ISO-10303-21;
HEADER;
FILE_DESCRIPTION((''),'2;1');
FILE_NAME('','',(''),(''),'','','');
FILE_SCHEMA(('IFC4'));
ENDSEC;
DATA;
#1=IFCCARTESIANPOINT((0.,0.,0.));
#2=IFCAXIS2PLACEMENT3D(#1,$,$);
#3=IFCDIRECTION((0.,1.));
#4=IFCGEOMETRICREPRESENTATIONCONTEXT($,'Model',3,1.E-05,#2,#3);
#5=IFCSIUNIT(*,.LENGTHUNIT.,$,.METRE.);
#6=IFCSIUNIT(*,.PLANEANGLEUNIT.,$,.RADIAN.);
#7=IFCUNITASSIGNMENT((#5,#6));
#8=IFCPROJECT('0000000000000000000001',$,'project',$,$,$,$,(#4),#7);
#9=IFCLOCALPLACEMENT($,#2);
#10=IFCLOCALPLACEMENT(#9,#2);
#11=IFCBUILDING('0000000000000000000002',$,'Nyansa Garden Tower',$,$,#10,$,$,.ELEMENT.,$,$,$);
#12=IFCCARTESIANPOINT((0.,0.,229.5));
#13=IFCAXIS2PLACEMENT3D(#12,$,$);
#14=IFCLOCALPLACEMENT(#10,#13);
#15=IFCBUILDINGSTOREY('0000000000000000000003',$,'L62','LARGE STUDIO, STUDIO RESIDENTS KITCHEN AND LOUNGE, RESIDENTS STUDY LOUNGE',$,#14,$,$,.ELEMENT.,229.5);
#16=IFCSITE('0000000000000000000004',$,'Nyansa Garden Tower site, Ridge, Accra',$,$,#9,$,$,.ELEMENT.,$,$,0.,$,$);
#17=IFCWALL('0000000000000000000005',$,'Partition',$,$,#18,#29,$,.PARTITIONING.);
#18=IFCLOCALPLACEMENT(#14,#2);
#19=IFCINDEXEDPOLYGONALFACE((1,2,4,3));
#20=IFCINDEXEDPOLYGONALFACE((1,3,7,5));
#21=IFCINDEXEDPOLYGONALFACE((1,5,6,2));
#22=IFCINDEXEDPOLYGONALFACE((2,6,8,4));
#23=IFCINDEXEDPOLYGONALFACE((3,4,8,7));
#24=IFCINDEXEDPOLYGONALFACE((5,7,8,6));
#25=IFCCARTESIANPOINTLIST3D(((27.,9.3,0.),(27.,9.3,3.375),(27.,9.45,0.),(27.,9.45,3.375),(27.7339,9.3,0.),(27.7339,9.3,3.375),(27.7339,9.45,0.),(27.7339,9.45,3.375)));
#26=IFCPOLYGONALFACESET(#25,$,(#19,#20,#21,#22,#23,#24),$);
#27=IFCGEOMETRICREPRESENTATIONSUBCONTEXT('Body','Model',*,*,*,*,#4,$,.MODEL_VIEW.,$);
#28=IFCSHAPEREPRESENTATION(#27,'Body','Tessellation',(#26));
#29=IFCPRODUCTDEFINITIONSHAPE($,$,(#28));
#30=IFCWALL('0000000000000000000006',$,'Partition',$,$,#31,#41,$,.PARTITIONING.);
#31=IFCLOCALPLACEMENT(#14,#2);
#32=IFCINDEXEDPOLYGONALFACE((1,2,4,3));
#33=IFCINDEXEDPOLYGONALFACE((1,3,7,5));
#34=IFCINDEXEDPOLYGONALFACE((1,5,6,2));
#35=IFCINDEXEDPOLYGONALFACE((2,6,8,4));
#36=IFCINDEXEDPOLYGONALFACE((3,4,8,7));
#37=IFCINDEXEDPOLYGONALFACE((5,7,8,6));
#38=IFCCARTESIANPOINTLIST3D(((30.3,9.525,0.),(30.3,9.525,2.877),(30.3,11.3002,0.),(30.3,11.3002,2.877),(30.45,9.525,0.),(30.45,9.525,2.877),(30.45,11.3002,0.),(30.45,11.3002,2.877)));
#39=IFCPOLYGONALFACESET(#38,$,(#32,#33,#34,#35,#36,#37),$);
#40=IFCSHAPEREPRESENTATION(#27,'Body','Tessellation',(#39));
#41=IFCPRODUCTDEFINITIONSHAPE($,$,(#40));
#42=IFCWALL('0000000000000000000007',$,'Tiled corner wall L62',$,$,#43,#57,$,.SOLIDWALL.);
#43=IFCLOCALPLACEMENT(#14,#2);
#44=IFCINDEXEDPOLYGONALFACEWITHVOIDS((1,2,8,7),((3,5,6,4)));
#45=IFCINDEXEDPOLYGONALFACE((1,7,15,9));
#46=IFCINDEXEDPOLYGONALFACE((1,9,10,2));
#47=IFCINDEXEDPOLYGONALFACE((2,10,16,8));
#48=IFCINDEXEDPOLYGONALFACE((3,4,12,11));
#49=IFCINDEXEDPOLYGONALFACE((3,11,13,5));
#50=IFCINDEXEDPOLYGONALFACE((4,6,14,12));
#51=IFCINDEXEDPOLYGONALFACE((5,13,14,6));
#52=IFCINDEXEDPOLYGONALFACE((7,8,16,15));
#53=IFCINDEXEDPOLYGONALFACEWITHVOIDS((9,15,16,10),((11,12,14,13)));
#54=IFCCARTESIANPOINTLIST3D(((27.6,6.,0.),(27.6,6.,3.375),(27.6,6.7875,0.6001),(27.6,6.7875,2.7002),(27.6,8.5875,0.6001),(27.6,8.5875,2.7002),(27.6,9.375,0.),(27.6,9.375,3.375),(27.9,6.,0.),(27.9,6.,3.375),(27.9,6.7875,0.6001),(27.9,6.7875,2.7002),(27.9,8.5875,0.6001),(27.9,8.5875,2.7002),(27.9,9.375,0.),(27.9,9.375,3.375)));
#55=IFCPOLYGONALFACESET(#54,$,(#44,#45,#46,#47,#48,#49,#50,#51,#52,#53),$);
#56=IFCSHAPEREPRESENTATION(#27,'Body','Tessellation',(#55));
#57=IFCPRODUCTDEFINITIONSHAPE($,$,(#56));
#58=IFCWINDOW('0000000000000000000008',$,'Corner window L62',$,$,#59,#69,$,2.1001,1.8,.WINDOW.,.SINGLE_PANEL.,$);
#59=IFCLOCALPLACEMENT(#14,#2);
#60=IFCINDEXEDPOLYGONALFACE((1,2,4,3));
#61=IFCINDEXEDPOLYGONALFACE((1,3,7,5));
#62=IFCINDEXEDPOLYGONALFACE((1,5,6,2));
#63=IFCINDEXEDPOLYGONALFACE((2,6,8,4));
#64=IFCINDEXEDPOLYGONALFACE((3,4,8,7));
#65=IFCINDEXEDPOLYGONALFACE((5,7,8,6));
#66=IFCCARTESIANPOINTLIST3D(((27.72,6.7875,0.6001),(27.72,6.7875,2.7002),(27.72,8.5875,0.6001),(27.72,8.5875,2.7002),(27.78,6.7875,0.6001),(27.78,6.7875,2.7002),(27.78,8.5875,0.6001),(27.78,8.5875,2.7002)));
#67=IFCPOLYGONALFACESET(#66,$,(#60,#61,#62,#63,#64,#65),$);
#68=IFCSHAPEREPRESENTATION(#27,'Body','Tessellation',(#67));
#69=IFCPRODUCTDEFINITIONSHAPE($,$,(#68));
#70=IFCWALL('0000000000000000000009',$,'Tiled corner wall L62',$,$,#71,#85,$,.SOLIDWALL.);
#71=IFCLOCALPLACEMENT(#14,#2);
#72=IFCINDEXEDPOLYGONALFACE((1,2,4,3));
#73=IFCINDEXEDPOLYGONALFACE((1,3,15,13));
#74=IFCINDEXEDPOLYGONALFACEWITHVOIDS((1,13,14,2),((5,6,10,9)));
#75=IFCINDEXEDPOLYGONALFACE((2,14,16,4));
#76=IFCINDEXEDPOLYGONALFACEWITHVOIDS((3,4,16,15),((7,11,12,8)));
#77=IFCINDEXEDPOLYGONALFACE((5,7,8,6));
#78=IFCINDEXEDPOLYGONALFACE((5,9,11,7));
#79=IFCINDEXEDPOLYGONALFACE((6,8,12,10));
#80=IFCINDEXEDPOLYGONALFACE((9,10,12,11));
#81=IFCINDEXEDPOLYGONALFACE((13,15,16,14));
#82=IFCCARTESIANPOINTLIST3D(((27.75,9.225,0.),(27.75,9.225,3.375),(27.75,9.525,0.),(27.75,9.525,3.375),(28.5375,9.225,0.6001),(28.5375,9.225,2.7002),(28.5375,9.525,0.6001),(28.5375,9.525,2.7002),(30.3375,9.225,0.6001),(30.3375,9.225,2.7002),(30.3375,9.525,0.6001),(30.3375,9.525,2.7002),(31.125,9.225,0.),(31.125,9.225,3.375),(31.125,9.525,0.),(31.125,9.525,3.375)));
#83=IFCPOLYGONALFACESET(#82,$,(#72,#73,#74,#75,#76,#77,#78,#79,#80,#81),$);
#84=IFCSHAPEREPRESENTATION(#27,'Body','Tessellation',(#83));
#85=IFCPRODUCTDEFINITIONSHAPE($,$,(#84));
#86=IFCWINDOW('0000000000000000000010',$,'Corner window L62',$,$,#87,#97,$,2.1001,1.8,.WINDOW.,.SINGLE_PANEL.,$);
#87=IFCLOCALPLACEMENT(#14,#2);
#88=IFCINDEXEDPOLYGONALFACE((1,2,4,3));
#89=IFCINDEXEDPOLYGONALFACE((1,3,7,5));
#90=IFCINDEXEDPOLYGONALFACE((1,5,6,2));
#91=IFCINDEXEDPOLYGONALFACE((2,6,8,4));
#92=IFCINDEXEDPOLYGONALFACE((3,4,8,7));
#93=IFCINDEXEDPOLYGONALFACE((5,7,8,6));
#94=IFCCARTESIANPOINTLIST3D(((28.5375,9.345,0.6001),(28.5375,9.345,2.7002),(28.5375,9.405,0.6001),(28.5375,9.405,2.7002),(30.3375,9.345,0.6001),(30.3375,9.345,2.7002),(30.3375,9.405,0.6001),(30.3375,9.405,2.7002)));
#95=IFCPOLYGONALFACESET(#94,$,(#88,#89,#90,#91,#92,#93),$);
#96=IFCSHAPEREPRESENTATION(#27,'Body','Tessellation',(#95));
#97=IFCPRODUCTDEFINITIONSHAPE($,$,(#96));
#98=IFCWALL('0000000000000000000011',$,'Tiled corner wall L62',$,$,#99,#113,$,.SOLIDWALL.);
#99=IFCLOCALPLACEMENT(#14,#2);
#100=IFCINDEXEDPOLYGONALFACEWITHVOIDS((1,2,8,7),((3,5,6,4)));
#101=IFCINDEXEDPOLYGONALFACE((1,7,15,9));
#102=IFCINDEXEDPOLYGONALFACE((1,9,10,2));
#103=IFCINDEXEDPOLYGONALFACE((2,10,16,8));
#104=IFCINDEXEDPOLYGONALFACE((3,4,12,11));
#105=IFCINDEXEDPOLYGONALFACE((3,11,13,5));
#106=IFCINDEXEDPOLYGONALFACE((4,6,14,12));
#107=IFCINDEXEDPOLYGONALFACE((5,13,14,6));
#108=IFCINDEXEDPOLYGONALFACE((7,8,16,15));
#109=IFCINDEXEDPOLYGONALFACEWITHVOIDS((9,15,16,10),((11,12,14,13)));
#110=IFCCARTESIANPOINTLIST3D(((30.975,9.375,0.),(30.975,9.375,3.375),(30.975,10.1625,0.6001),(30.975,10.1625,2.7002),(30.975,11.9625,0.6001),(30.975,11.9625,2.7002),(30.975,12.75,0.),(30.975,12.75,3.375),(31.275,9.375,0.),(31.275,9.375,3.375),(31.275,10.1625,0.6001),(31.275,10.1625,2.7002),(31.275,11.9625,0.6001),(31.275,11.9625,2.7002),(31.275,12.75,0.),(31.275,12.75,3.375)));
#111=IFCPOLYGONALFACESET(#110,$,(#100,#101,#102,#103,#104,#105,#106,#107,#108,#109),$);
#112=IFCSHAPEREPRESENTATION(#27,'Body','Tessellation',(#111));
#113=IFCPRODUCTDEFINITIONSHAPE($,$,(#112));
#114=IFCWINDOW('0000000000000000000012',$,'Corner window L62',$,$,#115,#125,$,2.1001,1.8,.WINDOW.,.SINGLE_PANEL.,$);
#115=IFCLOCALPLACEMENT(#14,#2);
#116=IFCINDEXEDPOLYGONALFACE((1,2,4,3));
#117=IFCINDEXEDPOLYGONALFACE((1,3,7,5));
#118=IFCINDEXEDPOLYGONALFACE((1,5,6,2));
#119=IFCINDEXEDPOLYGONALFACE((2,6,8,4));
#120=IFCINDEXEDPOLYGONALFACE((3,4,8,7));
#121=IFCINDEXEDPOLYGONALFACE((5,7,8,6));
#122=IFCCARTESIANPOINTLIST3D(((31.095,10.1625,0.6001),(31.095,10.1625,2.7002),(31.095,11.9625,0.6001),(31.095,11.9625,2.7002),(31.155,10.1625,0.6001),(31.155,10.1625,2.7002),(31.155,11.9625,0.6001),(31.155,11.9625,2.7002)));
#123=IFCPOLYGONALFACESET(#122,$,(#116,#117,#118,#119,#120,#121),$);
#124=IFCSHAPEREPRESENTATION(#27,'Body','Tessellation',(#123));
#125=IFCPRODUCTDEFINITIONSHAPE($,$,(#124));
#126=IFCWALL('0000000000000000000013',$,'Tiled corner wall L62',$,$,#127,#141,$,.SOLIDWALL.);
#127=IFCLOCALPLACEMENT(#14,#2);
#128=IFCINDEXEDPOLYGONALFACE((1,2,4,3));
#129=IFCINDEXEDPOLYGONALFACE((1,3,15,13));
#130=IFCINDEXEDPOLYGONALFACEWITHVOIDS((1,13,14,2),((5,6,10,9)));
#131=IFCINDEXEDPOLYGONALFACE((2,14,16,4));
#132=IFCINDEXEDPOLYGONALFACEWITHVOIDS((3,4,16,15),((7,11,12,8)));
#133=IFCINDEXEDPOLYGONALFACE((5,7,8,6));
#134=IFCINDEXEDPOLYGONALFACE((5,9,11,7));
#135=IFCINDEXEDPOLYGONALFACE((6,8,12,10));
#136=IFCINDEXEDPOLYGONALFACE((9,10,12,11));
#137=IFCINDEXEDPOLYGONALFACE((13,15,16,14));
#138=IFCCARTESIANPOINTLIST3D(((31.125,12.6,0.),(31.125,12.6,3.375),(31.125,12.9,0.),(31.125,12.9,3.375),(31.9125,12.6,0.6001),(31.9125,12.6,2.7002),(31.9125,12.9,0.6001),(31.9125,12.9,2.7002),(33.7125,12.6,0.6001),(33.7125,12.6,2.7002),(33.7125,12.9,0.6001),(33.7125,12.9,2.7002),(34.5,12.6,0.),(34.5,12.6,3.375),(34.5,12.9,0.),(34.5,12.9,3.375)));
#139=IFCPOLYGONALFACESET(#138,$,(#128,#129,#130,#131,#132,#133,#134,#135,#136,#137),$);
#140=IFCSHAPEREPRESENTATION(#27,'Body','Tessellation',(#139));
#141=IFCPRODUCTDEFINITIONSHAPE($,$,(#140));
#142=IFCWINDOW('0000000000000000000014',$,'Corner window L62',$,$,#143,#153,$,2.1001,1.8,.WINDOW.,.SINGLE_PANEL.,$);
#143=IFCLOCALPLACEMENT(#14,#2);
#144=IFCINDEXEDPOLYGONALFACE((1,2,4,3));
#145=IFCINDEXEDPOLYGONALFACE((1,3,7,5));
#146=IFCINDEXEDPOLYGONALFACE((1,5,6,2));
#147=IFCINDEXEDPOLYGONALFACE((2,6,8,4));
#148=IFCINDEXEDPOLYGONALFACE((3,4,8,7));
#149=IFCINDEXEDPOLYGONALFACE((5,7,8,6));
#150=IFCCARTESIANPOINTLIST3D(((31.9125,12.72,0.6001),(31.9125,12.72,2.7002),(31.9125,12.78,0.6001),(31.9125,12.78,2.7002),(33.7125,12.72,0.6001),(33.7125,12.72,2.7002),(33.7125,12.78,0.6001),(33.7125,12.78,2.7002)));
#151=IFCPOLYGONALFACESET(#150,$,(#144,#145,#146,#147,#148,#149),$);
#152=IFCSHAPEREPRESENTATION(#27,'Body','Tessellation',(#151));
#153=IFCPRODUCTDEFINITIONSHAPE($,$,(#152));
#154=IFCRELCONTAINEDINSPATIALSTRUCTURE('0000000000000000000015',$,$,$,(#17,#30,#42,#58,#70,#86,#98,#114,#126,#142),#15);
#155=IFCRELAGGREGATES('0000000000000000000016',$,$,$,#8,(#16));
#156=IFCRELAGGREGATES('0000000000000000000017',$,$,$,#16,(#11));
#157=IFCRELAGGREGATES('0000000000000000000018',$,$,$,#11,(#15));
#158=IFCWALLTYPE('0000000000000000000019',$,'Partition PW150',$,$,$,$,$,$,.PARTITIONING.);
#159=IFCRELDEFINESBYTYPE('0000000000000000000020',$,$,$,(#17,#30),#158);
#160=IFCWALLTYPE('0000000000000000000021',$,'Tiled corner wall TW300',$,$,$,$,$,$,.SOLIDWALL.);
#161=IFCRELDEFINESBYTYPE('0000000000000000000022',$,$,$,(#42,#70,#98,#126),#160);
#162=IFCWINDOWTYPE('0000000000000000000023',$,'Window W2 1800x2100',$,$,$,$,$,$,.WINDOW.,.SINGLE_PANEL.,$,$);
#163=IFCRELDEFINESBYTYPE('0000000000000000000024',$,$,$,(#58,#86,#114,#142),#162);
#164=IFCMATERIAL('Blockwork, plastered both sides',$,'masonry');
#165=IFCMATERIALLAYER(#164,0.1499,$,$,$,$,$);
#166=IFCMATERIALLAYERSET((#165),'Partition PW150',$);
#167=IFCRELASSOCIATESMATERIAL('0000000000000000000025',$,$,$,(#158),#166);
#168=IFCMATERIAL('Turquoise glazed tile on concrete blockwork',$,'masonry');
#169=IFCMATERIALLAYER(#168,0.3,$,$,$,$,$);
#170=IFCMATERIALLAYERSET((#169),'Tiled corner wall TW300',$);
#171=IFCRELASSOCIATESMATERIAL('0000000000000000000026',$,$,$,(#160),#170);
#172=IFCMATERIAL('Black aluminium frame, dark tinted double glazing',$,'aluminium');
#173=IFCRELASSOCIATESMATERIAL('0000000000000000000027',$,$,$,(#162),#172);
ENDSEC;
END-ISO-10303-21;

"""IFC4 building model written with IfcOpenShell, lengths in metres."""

from ifc_helpers import new_model, si_unit, direction, frame, frame_2d, origin, place, context, subcontext, project, spatial, rectangle, extrude, material, layer, layer_set, type_object, element, fill, save


model = new_model("IFC4")

# Units and contexts
model_context = context("Model", 3, precision=1e-05, world=origin(), true_north=direction((0.0, 1.0)))
body_context = subcontext(model_context, "Body", "Model", "MODEL_VIEW")
ifc_project = project(units=[si_unit("LENGTHUNIT", "METRE"), si_unit("PLANEANGLEUNIT", "RADIAN")], contexts=[model_context])

# Site, building, storey
site_placement = place(None, origin())
site = spatial("IfcSite", under=ifc_project, at=site_placement, Name="Nyansa Garden Tower site, Ridge, Accra", CompositionType="ELEMENT", RefElevation=0.0)
building_placement = place(site_placement, origin())
building = spatial("IfcBuilding", under=site, at=building_placement, Name="Nyansa Garden Tower", CompositionType="ELEMENT")
storey_placement = place(building_placement, frame((0.0, 0.0, 229.5)))
storey = spatial("IfcBuildingStorey", under=building, at=storey_placement, Name="L62", Description="LARGE STUDIO, STUDIO RESIDENTS KITCHEN AND LOUNGE, RESIDENTS STUDY LOUNGE", CompositionType="ELEMENT", Elevation=229.5)

# Walls
ifc_material_1 = material(Name="Blockwork, plastered both sides", Category="masonry")
ifc_layer_1 = layer(ifc_material_1, 0.1499)
ifc_layer_set_1 = layer_set([ifc_layer_1], Name="Partition PW150")
wall_type_1 = type_object("IfcWallType", Name="Partition PW150", PredefinedType="PARTITIONING", material=ifc_layer_set_1)
wall_1_placement = place(storey_placement, frame((27.0, 9.375, 0.0), z_axis=(0.0, 0.0, 1.0), x_axis=(1.0, 0.0, 0.0)))
element("IfcWall", 1, at=wall_1_placement, inside=storey, type_object=wall_type_1, Name="Partition", PredefinedType="PARTITIONING", context=body_context, shape_type="SweptSolid", body=[
    extrude(rectangle(XDim=0.7339, YDim=0.1499, at=frame_2d((0.3669, 0.0))), origin(), (0.0, 0.0, 1.0), 3.375),
])
wall_2_placement = place(storey_placement, frame((30.375, 9.5249, 0.0), z_axis=(0.0, 0.0, 1.0), x_axis=(0.0, 1.0, 0.0)))
element("IfcWall", 2, at=wall_2_placement, inside=storey, type_object=wall_type_1, Name="Partition", PredefinedType="PARTITIONING", context=body_context, shape_type="SweptSolid", body=[
    extrude(rectangle(XDim=1.7751, YDim=0.1499, at=frame_2d((0.8877, 0.0))), origin(), (0.0, 0.0, 1.0), 2.877),
])

# Walls, openings, windows
ifc_material_2 = material(Name="Turquoise glazed tile on concrete blockwork", Category="masonry")
ifc_layer_2 = layer(ifc_material_2, 0.3)
ifc_layer_set_2 = layer_set([ifc_layer_2], Name="Tiled corner wall TW300")
wall_type_2 = type_object("IfcWallType", Name="Tiled corner wall TW300", PredefinedType="SOLIDWALL", material=ifc_layer_set_2)
wall_3_placement = place(storey_placement, frame((27.75, 6.0, 0.0), z_axis=(0.0, 0.0, 1.0), x_axis=(0.0, 1.0, 0.0)))
wall_3 = element("IfcWall", 3, at=wall_3_placement, inside=storey, type_object=wall_type_2, Name="Tiled corner wall L62", PredefinedType="SOLIDWALL", context=body_context, shape_type="SweptSolid", body=[
    extrude(rectangle(XDim=3.375, YDim=0.3, at=frame_2d((1.6875, 0.0))), origin(), (0.0, 0.0, 1.0), 3.375),
])
opening_1_placement = place(wall_3_placement, frame((0.7876, 0.0, 0.6001)))
opening_1 = element("IfcOpeningElement", 4, at=opening_1_placement, cuts=wall_3, PredefinedType="OPENING", context=body_context, shape_type="SweptSolid", body=[
    extrude(rectangle(XDim=1.8, YDim=2.1001, at=frame_2d((0.8999, 1.05))), frame((0.0, 0.1599, 0.0), z_axis=(0.0, -1.0, 0.0), x_axis=(1.0, 0.0, 0.0)), (0.0, 0.0, 1.0), 0.3201),
])
ifc_material_3 = material(Name="Black aluminium frame, dark tinted double glazing", Category="aluminium")
window_type = type_object("IfcWindowType", Name="Window W2 1800x2100", PartitioningType="SINGLE_PANEL", PredefinedType="WINDOW", material=ifc_material_3)
window_1_placement = place(opening_1_placement, origin())
window_1 = element("IfcWindow", 5, at=window_1_placement, inside=storey, type_object=window_type, Name="Corner window L62", OverallHeight=2.1001, OverallWidth=1.8, PartitioningType="SINGLE_PANEL", PredefinedType="WINDOW", context=body_context, shape_type="SweptSolid", body=[
    extrude(rectangle(XDim=1.8, YDim=2.1001, at=frame_2d((0.8999, 1.05))), frame((0.0, 0.03, 0.0), z_axis=(0.0, -1.0, 0.0), x_axis=(1.0, 0.0, 0.0)), (0.0, 0.0, 1.0), 0.0601),
])
fill(opening_1, window_1)
wall_4_placement = place(storey_placement, frame((27.75, 9.375, 0.0), z_axis=(0.0, 0.0, 1.0), x_axis=(1.0, 0.0, 0.0)))
wall_4 = element("IfcWall", 6, at=wall_4_placement, inside=storey, type_object=wall_type_2, Name="Tiled corner wall L62", PredefinedType="SOLIDWALL", context=body_context, shape_type="SweptSolid", body=[
    extrude(rectangle(XDim=3.375, YDim=0.3, at=frame_2d((1.6875, 0.0))), origin(), (0.0, 0.0, 1.0), 3.375),
])
opening_2_placement = place(wall_4_placement, frame((0.7876, 0.0, 0.6001)))
opening_2 = element("IfcOpeningElement", 7, at=opening_2_placement, cuts=wall_4, PredefinedType="OPENING", context=body_context, shape_type="SweptSolid", body=[
    extrude(rectangle(XDim=1.8, YDim=2.1001, at=frame_2d((0.8999, 1.05))), frame((0.0, 0.1599, 0.0), z_axis=(0.0, -1.0, 0.0), x_axis=(1.0, 0.0, 0.0)), (0.0, 0.0, 1.0), 0.3201),
])
window_2_placement = place(opening_2_placement, origin())
window_2 = element("IfcWindow", 8, at=window_2_placement, inside=storey, type_object=window_type, Name="Corner window L62", OverallHeight=2.1001, OverallWidth=1.8, PartitioningType="SINGLE_PANEL", PredefinedType="WINDOW", context=body_context, shape_type="SweptSolid", body=[
    extrude(rectangle(XDim=1.8, YDim=2.1001, at=frame_2d((0.8999, 1.05))), frame((0.0, 0.03, 0.0), z_axis=(0.0, -1.0, 0.0), x_axis=(1.0, 0.0, 0.0)), (0.0, 0.0, 1.0), 0.0601),
])
fill(opening_2, window_2)
wall_5_placement = place(storey_placement, frame((31.125, 9.375, 0.0), z_axis=(0.0, 0.0, 1.0), x_axis=(0.0, 1.0, 0.0)))
wall_5 = element("IfcWall", 9, at=wall_5_placement, inside=storey, type_object=wall_type_2, Name="Tiled corner wall L62", PredefinedType="SOLIDWALL", context=body_context, shape_type="SweptSolid", body=[
    extrude(rectangle(XDim=3.375, YDim=0.3, at=frame_2d((1.6875, 0.0))), origin(), (0.0, 0.0, 1.0), 3.375),
])
opening_3_placement = place(wall_5_placement, frame((0.7876, 0.0, 0.6001)))
opening_3 = element("IfcOpeningElement", 10, at=opening_3_placement, cuts=wall_5, PredefinedType="OPENING", context=body_context, shape_type="SweptSolid", body=[
    extrude(rectangle(XDim=1.8, YDim=2.1001, at=frame_2d((0.8999, 1.05))), frame((0.0, 0.1599, 0.0), z_axis=(0.0, -1.0, 0.0), x_axis=(1.0, 0.0, 0.0)), (0.0, 0.0, 1.0), 0.3201),
])
window_3_placement = place(opening_3_placement, origin())
window_3 = element("IfcWindow", 11, at=window_3_placement, inside=storey, type_object=window_type, Name="Corner window L62", OverallHeight=2.1001, OverallWidth=1.8, PartitioningType="SINGLE_PANEL", PredefinedType="WINDOW", context=body_context, shape_type="SweptSolid", body=[
    extrude(rectangle(XDim=1.8, YDim=2.1001, at=frame_2d((0.8999, 1.05))), frame((0.0, 0.03, 0.0), z_axis=(0.0, -1.0, 0.0), x_axis=(1.0, 0.0, 0.0)), (0.0, 0.0, 1.0), 0.0601),
])
fill(opening_3, window_3)
wall_6_placement = place(storey_placement, frame((31.125, 12.75, 0.0), z_axis=(0.0, 0.0, 1.0), x_axis=(1.0, 0.0, 0.0)))
wall_6 = element("IfcWall", 12, at=wall_6_placement, inside=storey, type_object=wall_type_2, Name="Tiled corner wall L62", PredefinedType="SOLIDWALL", context=body_context, shape_type="SweptSolid", body=[
    extrude(rectangle(XDim=3.375, YDim=0.3, at=frame_2d((1.6875, 0.0))), origin(), (0.0, 0.0, 1.0), 3.375),
])
opening_4_placement = place(wall_6_placement, frame((0.7876, 0.0, 0.6001)))
opening_4 = element("IfcOpeningElement", 13, at=opening_4_placement, cuts=wall_6, PredefinedType="OPENING", context=body_context, shape_type="SweptSolid", body=[
    extrude(rectangle(XDim=1.8, YDim=2.1001, at=frame_2d((0.8999, 1.05))), frame((0.0, 0.1599, 0.0), z_axis=(0.0, -1.0, 0.0), x_axis=(1.0, 0.0, 0.0)), (0.0, 0.0, 1.0), 0.3201),
])
window_4_placement = place(opening_4_placement, origin())
window_4 = element("IfcWindow", 14, at=window_4_placement, inside=storey, type_object=window_type, Name="Corner window L62", OverallHeight=2.1001, OverallWidth=1.8, PartitioningType="SINGLE_PANEL", PredefinedType="WINDOW", context=body_context, shape_type="SweptSolid", body=[
    extrude(rectangle(XDim=1.8, YDim=2.1001, at=frame_2d((0.8999, 1.05))), frame((0.0, 0.03, 0.0), z_axis=(0.0, -1.0, 0.0), x_axis=(1.0, 0.0, 0.0)), (0.0, 0.0, 1.0), 0.0601),
])
fill(opening_4, window_4)

save(model, "model.ifc")
